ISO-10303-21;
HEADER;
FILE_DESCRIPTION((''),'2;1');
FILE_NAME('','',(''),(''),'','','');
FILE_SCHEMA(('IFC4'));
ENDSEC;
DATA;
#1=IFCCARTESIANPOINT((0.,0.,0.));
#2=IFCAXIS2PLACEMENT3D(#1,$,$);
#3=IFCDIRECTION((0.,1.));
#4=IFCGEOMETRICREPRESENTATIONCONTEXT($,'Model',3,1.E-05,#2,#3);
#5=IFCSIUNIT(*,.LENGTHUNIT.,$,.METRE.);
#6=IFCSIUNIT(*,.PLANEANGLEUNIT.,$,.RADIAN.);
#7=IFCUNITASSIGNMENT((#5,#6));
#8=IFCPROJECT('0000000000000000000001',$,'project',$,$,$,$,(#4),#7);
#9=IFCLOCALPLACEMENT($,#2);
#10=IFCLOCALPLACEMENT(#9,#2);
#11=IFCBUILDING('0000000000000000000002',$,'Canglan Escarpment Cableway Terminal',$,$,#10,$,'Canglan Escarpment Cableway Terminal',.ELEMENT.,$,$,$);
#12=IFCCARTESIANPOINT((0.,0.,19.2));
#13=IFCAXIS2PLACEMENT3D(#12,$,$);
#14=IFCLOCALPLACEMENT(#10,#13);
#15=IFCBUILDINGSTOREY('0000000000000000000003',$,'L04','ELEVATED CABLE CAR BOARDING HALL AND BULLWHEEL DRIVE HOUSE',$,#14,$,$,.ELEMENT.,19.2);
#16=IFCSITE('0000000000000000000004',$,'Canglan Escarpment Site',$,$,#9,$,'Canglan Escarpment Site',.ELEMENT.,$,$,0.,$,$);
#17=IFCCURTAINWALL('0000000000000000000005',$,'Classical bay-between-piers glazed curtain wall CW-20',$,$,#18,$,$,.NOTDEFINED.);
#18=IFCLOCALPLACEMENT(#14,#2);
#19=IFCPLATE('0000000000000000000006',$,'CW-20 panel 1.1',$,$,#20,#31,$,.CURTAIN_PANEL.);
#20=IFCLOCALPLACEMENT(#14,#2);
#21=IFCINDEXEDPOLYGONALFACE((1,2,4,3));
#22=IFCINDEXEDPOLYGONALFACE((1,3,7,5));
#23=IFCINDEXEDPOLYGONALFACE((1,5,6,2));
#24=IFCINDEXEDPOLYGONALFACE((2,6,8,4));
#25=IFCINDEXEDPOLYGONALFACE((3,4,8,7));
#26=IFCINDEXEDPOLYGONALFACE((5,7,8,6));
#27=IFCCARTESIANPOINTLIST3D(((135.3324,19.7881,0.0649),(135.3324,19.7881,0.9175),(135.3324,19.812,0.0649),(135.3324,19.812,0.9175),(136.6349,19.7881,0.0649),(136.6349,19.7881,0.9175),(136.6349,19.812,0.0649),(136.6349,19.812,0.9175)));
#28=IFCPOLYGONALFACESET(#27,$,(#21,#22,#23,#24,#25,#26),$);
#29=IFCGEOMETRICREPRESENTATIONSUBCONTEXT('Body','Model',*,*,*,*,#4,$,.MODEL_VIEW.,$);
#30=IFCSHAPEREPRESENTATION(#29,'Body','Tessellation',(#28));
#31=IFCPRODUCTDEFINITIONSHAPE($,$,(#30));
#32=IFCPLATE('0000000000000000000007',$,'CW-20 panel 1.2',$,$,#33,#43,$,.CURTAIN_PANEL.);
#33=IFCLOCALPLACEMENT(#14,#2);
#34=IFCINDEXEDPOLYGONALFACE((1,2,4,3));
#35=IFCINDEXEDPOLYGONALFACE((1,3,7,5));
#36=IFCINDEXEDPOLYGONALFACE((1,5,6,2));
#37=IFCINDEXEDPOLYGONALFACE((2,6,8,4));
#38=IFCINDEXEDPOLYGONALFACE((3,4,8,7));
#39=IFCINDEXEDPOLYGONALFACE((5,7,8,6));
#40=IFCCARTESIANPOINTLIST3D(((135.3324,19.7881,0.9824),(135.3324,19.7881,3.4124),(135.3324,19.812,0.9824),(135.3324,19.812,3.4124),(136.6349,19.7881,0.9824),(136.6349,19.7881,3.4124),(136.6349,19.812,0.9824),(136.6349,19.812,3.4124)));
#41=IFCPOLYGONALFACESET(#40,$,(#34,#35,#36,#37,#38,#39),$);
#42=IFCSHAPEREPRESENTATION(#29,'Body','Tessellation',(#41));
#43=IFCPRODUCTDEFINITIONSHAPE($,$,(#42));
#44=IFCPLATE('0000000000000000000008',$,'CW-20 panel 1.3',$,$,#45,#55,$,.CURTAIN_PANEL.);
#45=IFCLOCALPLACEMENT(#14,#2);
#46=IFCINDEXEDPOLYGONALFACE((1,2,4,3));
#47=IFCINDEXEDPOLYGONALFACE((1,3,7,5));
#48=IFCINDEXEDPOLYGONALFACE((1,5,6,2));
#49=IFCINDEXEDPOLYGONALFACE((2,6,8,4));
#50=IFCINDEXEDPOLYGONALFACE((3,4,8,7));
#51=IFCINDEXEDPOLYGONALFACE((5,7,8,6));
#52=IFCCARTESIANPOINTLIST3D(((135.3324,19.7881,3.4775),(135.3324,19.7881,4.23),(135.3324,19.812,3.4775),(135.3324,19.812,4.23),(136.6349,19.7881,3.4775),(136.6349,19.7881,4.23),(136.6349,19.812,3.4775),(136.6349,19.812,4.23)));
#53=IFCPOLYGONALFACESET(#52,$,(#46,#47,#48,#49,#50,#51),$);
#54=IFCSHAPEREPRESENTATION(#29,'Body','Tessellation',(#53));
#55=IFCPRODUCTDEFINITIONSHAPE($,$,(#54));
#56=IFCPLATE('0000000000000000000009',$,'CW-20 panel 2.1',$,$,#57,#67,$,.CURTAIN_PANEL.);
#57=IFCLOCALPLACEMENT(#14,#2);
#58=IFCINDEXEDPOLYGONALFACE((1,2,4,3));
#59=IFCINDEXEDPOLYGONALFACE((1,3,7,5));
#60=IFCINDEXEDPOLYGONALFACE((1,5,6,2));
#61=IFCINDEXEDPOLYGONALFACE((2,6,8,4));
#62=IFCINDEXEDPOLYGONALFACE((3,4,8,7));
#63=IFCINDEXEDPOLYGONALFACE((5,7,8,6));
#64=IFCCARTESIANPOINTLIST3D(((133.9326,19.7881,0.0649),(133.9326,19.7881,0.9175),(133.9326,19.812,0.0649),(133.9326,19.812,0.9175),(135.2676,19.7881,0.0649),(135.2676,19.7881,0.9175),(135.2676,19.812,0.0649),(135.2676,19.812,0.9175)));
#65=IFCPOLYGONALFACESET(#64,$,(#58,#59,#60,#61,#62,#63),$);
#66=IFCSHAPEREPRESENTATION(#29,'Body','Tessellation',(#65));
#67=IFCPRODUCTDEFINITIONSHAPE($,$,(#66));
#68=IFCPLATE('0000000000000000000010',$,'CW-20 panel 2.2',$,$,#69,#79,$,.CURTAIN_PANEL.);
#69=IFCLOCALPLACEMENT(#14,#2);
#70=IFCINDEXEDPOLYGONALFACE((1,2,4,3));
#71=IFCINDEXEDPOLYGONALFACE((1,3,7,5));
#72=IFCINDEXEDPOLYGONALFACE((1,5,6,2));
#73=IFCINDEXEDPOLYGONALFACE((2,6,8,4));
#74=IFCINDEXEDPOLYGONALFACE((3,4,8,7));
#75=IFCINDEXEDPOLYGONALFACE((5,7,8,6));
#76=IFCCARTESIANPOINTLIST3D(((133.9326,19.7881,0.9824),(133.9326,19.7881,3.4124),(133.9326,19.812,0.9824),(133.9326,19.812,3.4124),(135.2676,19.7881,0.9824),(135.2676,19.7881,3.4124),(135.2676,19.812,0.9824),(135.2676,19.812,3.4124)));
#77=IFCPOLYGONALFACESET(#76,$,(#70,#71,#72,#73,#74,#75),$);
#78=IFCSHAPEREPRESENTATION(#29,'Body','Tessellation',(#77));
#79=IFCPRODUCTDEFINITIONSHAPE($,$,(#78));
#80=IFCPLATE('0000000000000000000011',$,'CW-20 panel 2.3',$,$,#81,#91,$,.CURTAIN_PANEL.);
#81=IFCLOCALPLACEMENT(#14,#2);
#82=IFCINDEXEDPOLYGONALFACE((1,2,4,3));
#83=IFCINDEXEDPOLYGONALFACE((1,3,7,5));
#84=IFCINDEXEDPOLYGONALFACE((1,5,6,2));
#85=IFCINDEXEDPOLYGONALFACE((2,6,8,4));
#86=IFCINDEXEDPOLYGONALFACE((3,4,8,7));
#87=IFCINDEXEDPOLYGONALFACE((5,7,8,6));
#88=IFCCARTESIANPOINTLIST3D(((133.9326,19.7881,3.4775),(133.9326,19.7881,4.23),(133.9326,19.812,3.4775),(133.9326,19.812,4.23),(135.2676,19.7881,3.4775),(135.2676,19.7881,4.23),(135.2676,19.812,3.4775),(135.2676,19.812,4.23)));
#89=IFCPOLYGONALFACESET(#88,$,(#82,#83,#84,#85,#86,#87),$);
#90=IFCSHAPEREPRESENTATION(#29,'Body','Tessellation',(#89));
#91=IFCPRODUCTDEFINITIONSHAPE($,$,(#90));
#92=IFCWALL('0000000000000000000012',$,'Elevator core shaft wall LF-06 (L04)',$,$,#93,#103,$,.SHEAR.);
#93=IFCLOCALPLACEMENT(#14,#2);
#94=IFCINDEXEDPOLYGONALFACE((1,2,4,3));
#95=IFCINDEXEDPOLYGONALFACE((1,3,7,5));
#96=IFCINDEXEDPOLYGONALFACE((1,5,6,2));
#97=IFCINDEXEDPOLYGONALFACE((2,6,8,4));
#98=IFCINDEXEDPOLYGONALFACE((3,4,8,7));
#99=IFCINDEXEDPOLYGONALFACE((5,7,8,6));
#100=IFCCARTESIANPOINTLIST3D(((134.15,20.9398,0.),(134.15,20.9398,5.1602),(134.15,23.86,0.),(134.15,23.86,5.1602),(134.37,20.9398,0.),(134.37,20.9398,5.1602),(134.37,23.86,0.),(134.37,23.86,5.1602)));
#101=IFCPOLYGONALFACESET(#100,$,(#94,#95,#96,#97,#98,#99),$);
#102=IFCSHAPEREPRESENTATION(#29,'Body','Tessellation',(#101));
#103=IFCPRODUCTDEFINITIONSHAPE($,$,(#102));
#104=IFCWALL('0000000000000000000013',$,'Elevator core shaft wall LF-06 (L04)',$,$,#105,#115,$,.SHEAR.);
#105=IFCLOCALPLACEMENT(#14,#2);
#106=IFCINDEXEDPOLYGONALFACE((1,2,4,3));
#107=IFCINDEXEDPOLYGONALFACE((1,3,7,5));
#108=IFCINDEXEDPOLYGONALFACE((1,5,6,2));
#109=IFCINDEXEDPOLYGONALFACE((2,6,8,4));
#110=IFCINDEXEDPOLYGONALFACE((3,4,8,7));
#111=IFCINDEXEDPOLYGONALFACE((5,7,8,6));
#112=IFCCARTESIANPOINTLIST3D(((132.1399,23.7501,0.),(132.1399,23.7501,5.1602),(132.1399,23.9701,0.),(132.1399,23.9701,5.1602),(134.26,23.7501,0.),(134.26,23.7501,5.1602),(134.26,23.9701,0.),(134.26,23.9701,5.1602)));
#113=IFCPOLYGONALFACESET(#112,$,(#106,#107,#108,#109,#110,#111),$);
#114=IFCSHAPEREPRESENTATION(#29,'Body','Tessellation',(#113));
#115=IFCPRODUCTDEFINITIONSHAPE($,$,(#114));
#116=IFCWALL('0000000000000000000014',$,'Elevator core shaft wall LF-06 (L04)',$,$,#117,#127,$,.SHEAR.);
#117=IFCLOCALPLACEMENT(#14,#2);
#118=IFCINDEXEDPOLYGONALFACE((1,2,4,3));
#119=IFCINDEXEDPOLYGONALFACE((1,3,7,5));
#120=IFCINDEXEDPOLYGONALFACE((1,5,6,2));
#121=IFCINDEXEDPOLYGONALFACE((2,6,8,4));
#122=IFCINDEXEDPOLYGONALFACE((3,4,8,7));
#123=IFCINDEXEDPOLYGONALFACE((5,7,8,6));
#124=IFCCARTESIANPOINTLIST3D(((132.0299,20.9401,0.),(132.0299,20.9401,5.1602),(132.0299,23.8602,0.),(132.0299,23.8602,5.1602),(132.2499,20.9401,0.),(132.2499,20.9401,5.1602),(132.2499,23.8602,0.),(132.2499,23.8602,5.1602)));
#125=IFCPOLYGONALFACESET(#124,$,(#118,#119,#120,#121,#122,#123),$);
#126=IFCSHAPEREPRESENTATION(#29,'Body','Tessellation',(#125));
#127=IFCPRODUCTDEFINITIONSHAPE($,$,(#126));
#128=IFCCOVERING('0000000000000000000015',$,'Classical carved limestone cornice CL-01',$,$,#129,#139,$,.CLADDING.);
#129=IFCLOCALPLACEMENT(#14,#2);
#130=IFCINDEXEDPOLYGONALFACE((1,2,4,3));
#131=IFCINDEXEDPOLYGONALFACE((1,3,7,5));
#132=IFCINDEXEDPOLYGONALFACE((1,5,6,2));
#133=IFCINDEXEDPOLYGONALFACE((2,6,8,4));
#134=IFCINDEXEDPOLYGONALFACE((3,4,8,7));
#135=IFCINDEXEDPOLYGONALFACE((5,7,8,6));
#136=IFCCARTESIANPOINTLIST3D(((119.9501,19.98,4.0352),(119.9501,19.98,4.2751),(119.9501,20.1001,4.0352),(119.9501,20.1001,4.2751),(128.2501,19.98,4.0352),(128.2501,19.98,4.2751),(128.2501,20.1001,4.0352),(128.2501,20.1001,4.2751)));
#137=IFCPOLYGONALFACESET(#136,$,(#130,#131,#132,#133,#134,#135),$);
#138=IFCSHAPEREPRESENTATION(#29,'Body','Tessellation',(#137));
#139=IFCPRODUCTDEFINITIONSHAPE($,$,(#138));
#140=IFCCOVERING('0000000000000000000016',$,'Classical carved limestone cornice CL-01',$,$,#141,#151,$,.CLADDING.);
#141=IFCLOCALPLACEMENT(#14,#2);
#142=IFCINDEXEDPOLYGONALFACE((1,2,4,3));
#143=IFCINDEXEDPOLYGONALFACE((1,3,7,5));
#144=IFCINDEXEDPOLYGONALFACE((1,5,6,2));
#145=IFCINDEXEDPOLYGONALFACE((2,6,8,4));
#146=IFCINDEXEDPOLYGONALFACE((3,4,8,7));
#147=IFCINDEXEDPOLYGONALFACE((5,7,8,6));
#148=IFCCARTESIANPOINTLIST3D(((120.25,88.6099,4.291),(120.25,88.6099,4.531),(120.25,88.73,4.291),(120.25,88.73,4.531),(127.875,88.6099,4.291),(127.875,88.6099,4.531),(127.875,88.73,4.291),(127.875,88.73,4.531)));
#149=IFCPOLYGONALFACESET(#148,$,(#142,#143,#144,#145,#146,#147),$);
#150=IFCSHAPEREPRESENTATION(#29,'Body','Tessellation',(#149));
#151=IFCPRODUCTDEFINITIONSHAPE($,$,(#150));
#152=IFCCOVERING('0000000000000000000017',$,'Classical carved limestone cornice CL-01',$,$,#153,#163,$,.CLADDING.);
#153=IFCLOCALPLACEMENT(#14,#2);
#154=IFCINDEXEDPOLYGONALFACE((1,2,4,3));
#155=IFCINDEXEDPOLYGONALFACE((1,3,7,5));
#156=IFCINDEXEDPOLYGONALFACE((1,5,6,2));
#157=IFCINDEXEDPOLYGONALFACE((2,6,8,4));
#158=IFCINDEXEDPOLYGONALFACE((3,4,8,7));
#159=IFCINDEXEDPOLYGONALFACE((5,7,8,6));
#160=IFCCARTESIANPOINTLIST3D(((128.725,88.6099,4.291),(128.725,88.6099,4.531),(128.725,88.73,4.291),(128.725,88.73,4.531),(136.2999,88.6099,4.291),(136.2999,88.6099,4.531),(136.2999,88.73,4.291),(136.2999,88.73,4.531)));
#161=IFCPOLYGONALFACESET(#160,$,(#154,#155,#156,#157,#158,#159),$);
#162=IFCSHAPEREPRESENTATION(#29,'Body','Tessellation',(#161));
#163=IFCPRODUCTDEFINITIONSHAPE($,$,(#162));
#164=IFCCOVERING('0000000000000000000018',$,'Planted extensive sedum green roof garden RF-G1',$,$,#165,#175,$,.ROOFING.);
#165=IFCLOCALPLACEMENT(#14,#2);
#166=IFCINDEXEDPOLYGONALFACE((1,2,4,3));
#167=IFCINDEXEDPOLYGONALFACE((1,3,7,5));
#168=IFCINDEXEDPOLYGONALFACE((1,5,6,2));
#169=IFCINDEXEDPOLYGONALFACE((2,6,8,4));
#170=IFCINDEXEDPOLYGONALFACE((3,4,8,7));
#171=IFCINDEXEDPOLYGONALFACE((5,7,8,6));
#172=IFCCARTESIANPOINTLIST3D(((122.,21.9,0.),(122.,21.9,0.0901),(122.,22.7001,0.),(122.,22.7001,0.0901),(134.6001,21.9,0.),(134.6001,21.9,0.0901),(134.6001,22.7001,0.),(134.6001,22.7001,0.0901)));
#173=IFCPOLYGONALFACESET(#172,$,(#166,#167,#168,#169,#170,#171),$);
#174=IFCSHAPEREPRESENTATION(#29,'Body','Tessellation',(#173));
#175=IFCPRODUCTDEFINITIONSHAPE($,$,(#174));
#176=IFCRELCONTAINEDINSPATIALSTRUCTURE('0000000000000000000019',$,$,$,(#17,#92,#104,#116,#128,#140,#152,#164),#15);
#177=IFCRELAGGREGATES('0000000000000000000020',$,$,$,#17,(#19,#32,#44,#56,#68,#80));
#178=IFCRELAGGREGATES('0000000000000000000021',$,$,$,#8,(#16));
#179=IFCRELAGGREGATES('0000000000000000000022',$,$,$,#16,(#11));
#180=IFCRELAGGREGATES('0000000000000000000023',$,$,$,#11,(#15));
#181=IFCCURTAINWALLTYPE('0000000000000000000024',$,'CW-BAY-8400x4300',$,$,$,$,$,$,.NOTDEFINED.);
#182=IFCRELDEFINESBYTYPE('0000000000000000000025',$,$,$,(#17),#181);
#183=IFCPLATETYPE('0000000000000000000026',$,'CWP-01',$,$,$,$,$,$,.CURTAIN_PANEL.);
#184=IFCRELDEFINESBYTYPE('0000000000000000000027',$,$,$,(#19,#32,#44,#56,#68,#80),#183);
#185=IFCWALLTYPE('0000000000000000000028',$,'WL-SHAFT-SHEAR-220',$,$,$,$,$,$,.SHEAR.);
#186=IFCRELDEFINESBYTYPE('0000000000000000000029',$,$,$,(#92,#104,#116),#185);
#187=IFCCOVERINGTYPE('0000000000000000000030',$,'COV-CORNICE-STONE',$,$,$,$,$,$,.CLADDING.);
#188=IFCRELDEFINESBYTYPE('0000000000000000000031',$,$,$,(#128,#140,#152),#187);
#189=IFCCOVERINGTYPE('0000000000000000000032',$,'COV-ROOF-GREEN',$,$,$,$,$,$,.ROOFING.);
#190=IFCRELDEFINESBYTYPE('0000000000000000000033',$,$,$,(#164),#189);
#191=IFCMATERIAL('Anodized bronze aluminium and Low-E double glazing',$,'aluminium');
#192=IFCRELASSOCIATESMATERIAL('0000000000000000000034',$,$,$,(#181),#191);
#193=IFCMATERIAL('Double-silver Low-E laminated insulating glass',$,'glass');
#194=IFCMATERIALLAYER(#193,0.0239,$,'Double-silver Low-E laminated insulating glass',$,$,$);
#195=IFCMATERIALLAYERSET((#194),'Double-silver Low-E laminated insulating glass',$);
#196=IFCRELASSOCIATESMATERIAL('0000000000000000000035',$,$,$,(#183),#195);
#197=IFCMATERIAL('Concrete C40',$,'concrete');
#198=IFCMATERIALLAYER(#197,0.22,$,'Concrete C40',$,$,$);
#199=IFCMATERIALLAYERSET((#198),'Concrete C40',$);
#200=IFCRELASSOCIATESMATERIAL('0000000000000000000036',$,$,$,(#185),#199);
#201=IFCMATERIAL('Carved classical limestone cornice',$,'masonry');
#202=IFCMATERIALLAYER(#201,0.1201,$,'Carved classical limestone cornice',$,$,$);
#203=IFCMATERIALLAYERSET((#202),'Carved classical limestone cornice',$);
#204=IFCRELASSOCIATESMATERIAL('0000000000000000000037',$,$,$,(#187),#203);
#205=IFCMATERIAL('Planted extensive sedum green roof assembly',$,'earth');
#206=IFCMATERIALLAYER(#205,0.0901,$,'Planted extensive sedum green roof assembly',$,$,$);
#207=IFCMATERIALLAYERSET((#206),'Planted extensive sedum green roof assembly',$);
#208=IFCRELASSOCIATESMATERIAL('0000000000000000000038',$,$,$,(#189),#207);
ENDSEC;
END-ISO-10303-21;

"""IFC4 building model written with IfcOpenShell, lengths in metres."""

from ifc_helpers import new_model, si_unit, direction, frame, frame_2d, origin, origin_2d, place, context, subcontext, project, spatial, rectangle, extrude, material, layer, layer_set, type_object, element, aggregate, save


model = new_model("IFC4")

# Units and contexts
model_context = context("Model", 3, precision=1e-05, world=origin(), true_north=direction((0.0, 1.0)))
body_context = subcontext(model_context, "Body", "Model", "MODEL_VIEW")
ifc_project = project(units=[si_unit("LENGTHUNIT", "METRE"), si_unit("PLANEANGLEUNIT", "RADIAN")], contexts=[model_context])

# Site, building, storey
site_placement = place(None, origin())
site = spatial("IfcSite", under=ifc_project, at=site_placement, Name="Canglan Escarpment Site", LongName="Canglan Escarpment Site", CompositionType="ELEMENT", RefElevation=0.0)
building_placement = place(site_placement, origin())
building = spatial("IfcBuilding", under=site, at=building_placement, Name="Canglan Escarpment Cableway Terminal", LongName="Canglan Escarpment Cableway Terminal", CompositionType="ELEMENT")
storey_placement = place(building_placement, frame((0.0, 0.0, 19.2)))
storey = spatial("IfcBuildingStorey", under=building, at=storey_placement, Name="L04", Description="ELEVATED CABLE CAR BOARDING HALL AND BULLWHEEL DRIVE HOUSE", CompositionType="ELEMENT", Elevation=19.2)

# Shared definitions
ifc_material_1 = material(Name="Concrete C40", Category="concrete")

# Curtain wall
ifc_material_2 = material(Name="Anodized bronze aluminium and Low-E double glazing", Category="aluminium")
curtain_wall_type = type_object("IfcCurtainWallType", Name="CW-BAY-8400x4300", PredefinedType="NOTDEFINED", material=ifc_material_2)
curtain_wall_placement = place(storey_placement, origin())
curtain_wall = element("IfcCurtainWall", 1, at=curtain_wall_placement, inside=storey, type_object=curtain_wall_type, Name="Classical bay-between-piers glazed curtain wall CW-20", PredefinedType="NOTDEFINED")

# Plates
ifc_material_3 = material(Name="Double-silver Low-E laminated insulating glass", Category="glass")
ifc_layer_1 = layer(ifc_material_3, 0.0239, Name="Double-silver Low-E laminated insulating glass")
ifc_layer_set_1 = layer_set([ifc_layer_1], Name="Double-silver Low-E laminated insulating glass")
plate_type = type_object("IfcPlateType", Name="CWP-01", PredefinedType="CURTAIN_PANEL", material=ifc_layer_set_1)
plate_1_placement = place(storey_placement, frame((135.9836, 19.8, 0.0649), z_axis=(0.0, 0.0, 1.0), x_axis=(-1.0, 0.0, 0.0)))
plate_1 = element("IfcPlate", 2, at=plate_1_placement, type_object=plate_type, Name="CW-20 panel 1.1", PredefinedType="CURTAIN_PANEL", context=body_context, shape_type="SweptSolid", body=[
    extrude(rectangle(XDim=1.3025, YDim=0.0239, at=origin_2d()), origin(), (0.0, 0.0, 1.0), 0.8525),
])
plate_2_placement = place(storey_placement, frame((135.9836, 19.8, 0.9824), z_axis=(0.0, 0.0, 1.0), x_axis=(-1.0, 0.0, 0.0)))
plate_2 = element("IfcPlate", 3, at=plate_2_placement, type_object=plate_type, Name="CW-20 panel 1.2", PredefinedType="CURTAIN_PANEL", context=body_context, shape_type="SweptSolid", body=[
    extrude(rectangle(XDim=1.3025, YDim=0.0239, at=origin_2d()), origin(), (0.0, 0.0, 1.0), 2.4299),
])
plate_3_placement = place(storey_placement, frame((135.9836, 19.8, 3.4775), z_axis=(0.0, 0.0, 1.0), x_axis=(-1.0, 0.0, 0.0)))
plate_3 = element("IfcPlate", 4, at=plate_3_placement, type_object=plate_type, Name="CW-20 panel 1.3", PredefinedType="CURTAIN_PANEL", context=body_context, shape_type="SweptSolid", body=[
    extrude(rectangle(XDim=1.3025, YDim=0.0239, at=origin_2d()), origin(), (0.0, 0.0, 1.0), 0.7524),
])
plate_4_placement = place(storey_placement, frame((134.6001, 19.8, 0.0649), z_axis=(0.0, 0.0, 1.0), x_axis=(-1.0, 0.0, 0.0)))
plate_4 = element("IfcPlate", 5, at=plate_4_placement, type_object=plate_type, Name="CW-20 panel 2.1", PredefinedType="CURTAIN_PANEL", context=body_context, shape_type="SweptSolid", body=[
    extrude(rectangle(XDim=1.335, YDim=0.0239, at=origin_2d()), origin(), (0.0, 0.0, 1.0), 0.8525),
])
plate_5_placement = place(storey_placement, frame((134.6001, 19.8, 0.9824), z_axis=(0.0, 0.0, 1.0), x_axis=(-1.0, 0.0, 0.0)))
plate_5 = element("IfcPlate", 6, at=plate_5_placement, type_object=plate_type, Name="CW-20 panel 2.2", PredefinedType="CURTAIN_PANEL", context=body_context, shape_type="SweptSolid", body=[
    extrude(rectangle(XDim=1.335, YDim=0.0239, at=origin_2d()), origin(), (0.0, 0.0, 1.0), 2.4299),
])
plate_6_placement = place(storey_placement, frame((134.6001, 19.8, 3.4775), z_axis=(0.0, 0.0, 1.0), x_axis=(-1.0, 0.0, 0.0)))
plate_6 = element("IfcPlate", 7, at=plate_6_placement, type_object=plate_type, Name="CW-20 panel 2.3", PredefinedType="CURTAIN_PANEL", context=body_context, shape_type="SweptSolid", body=[
    extrude(rectangle(XDim=1.335, YDim=0.0239, at=origin_2d()), origin(), (0.0, 0.0, 1.0), 0.7524),
])
aggregate(curtain_wall, [plate_1, plate_2, plate_3, plate_4, plate_5, plate_6])

# Shared definitions
ifc_layer_2 = layer(ifc_material_1, 0.22, Name="Concrete C40")
ifc_layer_set_2 = layer_set([ifc_layer_2], Name="Concrete C40")
wall_type = type_object("IfcWallType", Name="WL-SHAFT-SHEAR-220", PredefinedType="SHEAR", material=ifc_layer_set_2)

# Walls
wall_1_placement = place(storey_placement, frame((134.26, 20.9399, 0.0), z_axis=(0.0, 0.0, 1.0), x_axis=(0.0, 1.0, 0.0)))
element("IfcWall", 8, at=wall_1_placement, inside=storey, type_object=wall_type, Name="Elevator core shaft wall LF-06 (L04)", PredefinedType="SHEAR", context=body_context, shape_type="SweptSolid", body=[
    extrude(rectangle(XDim=2.9202, YDim=0.22, at=frame_2d((1.46, 0.0))), origin(), (0.0, 0.0, 1.0), 5.1602),
])
wall_2_placement = place(storey_placement, frame((134.26, 23.8601, 0.0), z_axis=(0.0, 0.0, 1.0), x_axis=(-1.0, 0.0, 0.0)))
element("IfcWall", 9, at=wall_2_placement, inside=storey, type_object=wall_type, Name="Elevator core shaft wall LF-06 (L04)", PredefinedType="SHEAR", context=body_context, shape_type="SweptSolid", body=[
    extrude(rectangle(XDim=2.1201, YDim=0.22, at=frame_2d((1.0601, 0.0))), origin(), (0.0, 0.0, 1.0), 5.1602),
])
wall_3_placement = place(storey_placement, frame((132.1399, 23.8601, 0.0), z_axis=(0.0, 0.0, 1.0), x_axis=(0.0, -1.0, 0.0)))
element("IfcWall", 10, at=wall_3_placement, inside=storey, type_object=wall_type, Name="Elevator core shaft wall LF-06 (L04)", PredefinedType="SHEAR", context=body_context, shape_type="SweptSolid", body=[
    extrude(rectangle(XDim=2.9202, YDim=0.22, at=frame_2d((1.46, 0.0))), origin(), (0.0, 0.0, 1.0), 5.1602),
])

# Coverings
ifc_material_4 = material(Name="Carved classical limestone cornice", Category="masonry")
ifc_layer_3 = layer(ifc_material_4, 0.1201, Name="Carved classical limestone cornice")
ifc_layer_set_3 = layer_set([ifc_layer_3], Name="Carved classical limestone cornice")
covering_type_1 = type_object("IfcCoveringType", Name="COV-CORNICE-STONE", PredefinedType="CLADDING", material=ifc_layer_set_3)
covering_1_placement = place(storey_placement, frame((124.1001, 20.04, 4.0352), z_axis=(0.0, 0.0, 1.0), x_axis=(-1.0, 0.0, 0.0)))
element("IfcCovering", 11, at=covering_1_placement, inside=storey, type_object=covering_type_1, Name="Classical carved limestone cornice CL-01", PredefinedType="CLADDING", context=body_context, shape_type="SweptSolid", body=[
    extrude(rectangle(XDim=8.3, YDim=0.1201, at=origin_2d()), origin(), (0.0, 0.0, 1.0), 0.24),
])
covering_2_placement = place(storey_placement, frame((124.0625, 88.6699, 4.291), z_axis=(0.0, 0.0, 1.0), x_axis=(1.0, 0.0, 0.0)))
element("IfcCovering", 12, at=covering_2_placement, inside=storey, type_object=covering_type_1, Name="Classical carved limestone cornice CL-01", PredefinedType="CLADDING", context=body_context, shape_type="SweptSolid", body=[
    extrude(rectangle(XDim=7.625, YDim=0.1201, at=origin_2d()), origin(), (0.0, 0.0, 1.0), 0.24),
])
covering_3_placement = place(storey_placement, frame((132.5125, 88.6699, 4.291), z_axis=(0.0, 0.0, 1.0), x_axis=(1.0, 0.0, 0.0)))
element("IfcCovering", 13, at=covering_3_placement, inside=storey, type_object=covering_type_1, Name="Classical carved limestone cornice CL-01", PredefinedType="CLADDING", context=body_context, shape_type="SweptSolid", body=[
    extrude(rectangle(XDim=7.575, YDim=0.1201, at=origin_2d()), origin(), (0.0, 0.0, 1.0), 0.24),
])
ifc_material_5 = material(Name="Planted extensive sedum green roof assembly", Category="earth")
ifc_layer_4 = layer(ifc_material_5, 0.0901, Name="Planted extensive sedum green roof assembly")
ifc_layer_set_4 = layer_set([ifc_layer_4], Name="Planted extensive sedum green roof assembly")
covering_type_2 = type_object("IfcCoveringType", Name="COV-ROOF-GREEN", PredefinedType="ROOFING", material=ifc_layer_set_4)
covering_4_placement = place(storey_placement, frame((128.3, 22.3, 0.0), z_axis=(0.0, 0.0, 1.0), x_axis=(1.0, 0.0, 0.0)))
element("IfcCovering", 14, at=covering_4_placement, inside=storey, type_object=covering_type_2, Name="Planted extensive sedum green roof garden RF-G1", PredefinedType="ROOFING", context=body_context, shape_type="SweptSolid", body=[
    extrude(rectangle(XDim=12.6001, YDim=0.8, at=origin_2d()), origin(), (0.0, 0.0, 1.0), 0.0901),
])

save(model, "model.ifc")
